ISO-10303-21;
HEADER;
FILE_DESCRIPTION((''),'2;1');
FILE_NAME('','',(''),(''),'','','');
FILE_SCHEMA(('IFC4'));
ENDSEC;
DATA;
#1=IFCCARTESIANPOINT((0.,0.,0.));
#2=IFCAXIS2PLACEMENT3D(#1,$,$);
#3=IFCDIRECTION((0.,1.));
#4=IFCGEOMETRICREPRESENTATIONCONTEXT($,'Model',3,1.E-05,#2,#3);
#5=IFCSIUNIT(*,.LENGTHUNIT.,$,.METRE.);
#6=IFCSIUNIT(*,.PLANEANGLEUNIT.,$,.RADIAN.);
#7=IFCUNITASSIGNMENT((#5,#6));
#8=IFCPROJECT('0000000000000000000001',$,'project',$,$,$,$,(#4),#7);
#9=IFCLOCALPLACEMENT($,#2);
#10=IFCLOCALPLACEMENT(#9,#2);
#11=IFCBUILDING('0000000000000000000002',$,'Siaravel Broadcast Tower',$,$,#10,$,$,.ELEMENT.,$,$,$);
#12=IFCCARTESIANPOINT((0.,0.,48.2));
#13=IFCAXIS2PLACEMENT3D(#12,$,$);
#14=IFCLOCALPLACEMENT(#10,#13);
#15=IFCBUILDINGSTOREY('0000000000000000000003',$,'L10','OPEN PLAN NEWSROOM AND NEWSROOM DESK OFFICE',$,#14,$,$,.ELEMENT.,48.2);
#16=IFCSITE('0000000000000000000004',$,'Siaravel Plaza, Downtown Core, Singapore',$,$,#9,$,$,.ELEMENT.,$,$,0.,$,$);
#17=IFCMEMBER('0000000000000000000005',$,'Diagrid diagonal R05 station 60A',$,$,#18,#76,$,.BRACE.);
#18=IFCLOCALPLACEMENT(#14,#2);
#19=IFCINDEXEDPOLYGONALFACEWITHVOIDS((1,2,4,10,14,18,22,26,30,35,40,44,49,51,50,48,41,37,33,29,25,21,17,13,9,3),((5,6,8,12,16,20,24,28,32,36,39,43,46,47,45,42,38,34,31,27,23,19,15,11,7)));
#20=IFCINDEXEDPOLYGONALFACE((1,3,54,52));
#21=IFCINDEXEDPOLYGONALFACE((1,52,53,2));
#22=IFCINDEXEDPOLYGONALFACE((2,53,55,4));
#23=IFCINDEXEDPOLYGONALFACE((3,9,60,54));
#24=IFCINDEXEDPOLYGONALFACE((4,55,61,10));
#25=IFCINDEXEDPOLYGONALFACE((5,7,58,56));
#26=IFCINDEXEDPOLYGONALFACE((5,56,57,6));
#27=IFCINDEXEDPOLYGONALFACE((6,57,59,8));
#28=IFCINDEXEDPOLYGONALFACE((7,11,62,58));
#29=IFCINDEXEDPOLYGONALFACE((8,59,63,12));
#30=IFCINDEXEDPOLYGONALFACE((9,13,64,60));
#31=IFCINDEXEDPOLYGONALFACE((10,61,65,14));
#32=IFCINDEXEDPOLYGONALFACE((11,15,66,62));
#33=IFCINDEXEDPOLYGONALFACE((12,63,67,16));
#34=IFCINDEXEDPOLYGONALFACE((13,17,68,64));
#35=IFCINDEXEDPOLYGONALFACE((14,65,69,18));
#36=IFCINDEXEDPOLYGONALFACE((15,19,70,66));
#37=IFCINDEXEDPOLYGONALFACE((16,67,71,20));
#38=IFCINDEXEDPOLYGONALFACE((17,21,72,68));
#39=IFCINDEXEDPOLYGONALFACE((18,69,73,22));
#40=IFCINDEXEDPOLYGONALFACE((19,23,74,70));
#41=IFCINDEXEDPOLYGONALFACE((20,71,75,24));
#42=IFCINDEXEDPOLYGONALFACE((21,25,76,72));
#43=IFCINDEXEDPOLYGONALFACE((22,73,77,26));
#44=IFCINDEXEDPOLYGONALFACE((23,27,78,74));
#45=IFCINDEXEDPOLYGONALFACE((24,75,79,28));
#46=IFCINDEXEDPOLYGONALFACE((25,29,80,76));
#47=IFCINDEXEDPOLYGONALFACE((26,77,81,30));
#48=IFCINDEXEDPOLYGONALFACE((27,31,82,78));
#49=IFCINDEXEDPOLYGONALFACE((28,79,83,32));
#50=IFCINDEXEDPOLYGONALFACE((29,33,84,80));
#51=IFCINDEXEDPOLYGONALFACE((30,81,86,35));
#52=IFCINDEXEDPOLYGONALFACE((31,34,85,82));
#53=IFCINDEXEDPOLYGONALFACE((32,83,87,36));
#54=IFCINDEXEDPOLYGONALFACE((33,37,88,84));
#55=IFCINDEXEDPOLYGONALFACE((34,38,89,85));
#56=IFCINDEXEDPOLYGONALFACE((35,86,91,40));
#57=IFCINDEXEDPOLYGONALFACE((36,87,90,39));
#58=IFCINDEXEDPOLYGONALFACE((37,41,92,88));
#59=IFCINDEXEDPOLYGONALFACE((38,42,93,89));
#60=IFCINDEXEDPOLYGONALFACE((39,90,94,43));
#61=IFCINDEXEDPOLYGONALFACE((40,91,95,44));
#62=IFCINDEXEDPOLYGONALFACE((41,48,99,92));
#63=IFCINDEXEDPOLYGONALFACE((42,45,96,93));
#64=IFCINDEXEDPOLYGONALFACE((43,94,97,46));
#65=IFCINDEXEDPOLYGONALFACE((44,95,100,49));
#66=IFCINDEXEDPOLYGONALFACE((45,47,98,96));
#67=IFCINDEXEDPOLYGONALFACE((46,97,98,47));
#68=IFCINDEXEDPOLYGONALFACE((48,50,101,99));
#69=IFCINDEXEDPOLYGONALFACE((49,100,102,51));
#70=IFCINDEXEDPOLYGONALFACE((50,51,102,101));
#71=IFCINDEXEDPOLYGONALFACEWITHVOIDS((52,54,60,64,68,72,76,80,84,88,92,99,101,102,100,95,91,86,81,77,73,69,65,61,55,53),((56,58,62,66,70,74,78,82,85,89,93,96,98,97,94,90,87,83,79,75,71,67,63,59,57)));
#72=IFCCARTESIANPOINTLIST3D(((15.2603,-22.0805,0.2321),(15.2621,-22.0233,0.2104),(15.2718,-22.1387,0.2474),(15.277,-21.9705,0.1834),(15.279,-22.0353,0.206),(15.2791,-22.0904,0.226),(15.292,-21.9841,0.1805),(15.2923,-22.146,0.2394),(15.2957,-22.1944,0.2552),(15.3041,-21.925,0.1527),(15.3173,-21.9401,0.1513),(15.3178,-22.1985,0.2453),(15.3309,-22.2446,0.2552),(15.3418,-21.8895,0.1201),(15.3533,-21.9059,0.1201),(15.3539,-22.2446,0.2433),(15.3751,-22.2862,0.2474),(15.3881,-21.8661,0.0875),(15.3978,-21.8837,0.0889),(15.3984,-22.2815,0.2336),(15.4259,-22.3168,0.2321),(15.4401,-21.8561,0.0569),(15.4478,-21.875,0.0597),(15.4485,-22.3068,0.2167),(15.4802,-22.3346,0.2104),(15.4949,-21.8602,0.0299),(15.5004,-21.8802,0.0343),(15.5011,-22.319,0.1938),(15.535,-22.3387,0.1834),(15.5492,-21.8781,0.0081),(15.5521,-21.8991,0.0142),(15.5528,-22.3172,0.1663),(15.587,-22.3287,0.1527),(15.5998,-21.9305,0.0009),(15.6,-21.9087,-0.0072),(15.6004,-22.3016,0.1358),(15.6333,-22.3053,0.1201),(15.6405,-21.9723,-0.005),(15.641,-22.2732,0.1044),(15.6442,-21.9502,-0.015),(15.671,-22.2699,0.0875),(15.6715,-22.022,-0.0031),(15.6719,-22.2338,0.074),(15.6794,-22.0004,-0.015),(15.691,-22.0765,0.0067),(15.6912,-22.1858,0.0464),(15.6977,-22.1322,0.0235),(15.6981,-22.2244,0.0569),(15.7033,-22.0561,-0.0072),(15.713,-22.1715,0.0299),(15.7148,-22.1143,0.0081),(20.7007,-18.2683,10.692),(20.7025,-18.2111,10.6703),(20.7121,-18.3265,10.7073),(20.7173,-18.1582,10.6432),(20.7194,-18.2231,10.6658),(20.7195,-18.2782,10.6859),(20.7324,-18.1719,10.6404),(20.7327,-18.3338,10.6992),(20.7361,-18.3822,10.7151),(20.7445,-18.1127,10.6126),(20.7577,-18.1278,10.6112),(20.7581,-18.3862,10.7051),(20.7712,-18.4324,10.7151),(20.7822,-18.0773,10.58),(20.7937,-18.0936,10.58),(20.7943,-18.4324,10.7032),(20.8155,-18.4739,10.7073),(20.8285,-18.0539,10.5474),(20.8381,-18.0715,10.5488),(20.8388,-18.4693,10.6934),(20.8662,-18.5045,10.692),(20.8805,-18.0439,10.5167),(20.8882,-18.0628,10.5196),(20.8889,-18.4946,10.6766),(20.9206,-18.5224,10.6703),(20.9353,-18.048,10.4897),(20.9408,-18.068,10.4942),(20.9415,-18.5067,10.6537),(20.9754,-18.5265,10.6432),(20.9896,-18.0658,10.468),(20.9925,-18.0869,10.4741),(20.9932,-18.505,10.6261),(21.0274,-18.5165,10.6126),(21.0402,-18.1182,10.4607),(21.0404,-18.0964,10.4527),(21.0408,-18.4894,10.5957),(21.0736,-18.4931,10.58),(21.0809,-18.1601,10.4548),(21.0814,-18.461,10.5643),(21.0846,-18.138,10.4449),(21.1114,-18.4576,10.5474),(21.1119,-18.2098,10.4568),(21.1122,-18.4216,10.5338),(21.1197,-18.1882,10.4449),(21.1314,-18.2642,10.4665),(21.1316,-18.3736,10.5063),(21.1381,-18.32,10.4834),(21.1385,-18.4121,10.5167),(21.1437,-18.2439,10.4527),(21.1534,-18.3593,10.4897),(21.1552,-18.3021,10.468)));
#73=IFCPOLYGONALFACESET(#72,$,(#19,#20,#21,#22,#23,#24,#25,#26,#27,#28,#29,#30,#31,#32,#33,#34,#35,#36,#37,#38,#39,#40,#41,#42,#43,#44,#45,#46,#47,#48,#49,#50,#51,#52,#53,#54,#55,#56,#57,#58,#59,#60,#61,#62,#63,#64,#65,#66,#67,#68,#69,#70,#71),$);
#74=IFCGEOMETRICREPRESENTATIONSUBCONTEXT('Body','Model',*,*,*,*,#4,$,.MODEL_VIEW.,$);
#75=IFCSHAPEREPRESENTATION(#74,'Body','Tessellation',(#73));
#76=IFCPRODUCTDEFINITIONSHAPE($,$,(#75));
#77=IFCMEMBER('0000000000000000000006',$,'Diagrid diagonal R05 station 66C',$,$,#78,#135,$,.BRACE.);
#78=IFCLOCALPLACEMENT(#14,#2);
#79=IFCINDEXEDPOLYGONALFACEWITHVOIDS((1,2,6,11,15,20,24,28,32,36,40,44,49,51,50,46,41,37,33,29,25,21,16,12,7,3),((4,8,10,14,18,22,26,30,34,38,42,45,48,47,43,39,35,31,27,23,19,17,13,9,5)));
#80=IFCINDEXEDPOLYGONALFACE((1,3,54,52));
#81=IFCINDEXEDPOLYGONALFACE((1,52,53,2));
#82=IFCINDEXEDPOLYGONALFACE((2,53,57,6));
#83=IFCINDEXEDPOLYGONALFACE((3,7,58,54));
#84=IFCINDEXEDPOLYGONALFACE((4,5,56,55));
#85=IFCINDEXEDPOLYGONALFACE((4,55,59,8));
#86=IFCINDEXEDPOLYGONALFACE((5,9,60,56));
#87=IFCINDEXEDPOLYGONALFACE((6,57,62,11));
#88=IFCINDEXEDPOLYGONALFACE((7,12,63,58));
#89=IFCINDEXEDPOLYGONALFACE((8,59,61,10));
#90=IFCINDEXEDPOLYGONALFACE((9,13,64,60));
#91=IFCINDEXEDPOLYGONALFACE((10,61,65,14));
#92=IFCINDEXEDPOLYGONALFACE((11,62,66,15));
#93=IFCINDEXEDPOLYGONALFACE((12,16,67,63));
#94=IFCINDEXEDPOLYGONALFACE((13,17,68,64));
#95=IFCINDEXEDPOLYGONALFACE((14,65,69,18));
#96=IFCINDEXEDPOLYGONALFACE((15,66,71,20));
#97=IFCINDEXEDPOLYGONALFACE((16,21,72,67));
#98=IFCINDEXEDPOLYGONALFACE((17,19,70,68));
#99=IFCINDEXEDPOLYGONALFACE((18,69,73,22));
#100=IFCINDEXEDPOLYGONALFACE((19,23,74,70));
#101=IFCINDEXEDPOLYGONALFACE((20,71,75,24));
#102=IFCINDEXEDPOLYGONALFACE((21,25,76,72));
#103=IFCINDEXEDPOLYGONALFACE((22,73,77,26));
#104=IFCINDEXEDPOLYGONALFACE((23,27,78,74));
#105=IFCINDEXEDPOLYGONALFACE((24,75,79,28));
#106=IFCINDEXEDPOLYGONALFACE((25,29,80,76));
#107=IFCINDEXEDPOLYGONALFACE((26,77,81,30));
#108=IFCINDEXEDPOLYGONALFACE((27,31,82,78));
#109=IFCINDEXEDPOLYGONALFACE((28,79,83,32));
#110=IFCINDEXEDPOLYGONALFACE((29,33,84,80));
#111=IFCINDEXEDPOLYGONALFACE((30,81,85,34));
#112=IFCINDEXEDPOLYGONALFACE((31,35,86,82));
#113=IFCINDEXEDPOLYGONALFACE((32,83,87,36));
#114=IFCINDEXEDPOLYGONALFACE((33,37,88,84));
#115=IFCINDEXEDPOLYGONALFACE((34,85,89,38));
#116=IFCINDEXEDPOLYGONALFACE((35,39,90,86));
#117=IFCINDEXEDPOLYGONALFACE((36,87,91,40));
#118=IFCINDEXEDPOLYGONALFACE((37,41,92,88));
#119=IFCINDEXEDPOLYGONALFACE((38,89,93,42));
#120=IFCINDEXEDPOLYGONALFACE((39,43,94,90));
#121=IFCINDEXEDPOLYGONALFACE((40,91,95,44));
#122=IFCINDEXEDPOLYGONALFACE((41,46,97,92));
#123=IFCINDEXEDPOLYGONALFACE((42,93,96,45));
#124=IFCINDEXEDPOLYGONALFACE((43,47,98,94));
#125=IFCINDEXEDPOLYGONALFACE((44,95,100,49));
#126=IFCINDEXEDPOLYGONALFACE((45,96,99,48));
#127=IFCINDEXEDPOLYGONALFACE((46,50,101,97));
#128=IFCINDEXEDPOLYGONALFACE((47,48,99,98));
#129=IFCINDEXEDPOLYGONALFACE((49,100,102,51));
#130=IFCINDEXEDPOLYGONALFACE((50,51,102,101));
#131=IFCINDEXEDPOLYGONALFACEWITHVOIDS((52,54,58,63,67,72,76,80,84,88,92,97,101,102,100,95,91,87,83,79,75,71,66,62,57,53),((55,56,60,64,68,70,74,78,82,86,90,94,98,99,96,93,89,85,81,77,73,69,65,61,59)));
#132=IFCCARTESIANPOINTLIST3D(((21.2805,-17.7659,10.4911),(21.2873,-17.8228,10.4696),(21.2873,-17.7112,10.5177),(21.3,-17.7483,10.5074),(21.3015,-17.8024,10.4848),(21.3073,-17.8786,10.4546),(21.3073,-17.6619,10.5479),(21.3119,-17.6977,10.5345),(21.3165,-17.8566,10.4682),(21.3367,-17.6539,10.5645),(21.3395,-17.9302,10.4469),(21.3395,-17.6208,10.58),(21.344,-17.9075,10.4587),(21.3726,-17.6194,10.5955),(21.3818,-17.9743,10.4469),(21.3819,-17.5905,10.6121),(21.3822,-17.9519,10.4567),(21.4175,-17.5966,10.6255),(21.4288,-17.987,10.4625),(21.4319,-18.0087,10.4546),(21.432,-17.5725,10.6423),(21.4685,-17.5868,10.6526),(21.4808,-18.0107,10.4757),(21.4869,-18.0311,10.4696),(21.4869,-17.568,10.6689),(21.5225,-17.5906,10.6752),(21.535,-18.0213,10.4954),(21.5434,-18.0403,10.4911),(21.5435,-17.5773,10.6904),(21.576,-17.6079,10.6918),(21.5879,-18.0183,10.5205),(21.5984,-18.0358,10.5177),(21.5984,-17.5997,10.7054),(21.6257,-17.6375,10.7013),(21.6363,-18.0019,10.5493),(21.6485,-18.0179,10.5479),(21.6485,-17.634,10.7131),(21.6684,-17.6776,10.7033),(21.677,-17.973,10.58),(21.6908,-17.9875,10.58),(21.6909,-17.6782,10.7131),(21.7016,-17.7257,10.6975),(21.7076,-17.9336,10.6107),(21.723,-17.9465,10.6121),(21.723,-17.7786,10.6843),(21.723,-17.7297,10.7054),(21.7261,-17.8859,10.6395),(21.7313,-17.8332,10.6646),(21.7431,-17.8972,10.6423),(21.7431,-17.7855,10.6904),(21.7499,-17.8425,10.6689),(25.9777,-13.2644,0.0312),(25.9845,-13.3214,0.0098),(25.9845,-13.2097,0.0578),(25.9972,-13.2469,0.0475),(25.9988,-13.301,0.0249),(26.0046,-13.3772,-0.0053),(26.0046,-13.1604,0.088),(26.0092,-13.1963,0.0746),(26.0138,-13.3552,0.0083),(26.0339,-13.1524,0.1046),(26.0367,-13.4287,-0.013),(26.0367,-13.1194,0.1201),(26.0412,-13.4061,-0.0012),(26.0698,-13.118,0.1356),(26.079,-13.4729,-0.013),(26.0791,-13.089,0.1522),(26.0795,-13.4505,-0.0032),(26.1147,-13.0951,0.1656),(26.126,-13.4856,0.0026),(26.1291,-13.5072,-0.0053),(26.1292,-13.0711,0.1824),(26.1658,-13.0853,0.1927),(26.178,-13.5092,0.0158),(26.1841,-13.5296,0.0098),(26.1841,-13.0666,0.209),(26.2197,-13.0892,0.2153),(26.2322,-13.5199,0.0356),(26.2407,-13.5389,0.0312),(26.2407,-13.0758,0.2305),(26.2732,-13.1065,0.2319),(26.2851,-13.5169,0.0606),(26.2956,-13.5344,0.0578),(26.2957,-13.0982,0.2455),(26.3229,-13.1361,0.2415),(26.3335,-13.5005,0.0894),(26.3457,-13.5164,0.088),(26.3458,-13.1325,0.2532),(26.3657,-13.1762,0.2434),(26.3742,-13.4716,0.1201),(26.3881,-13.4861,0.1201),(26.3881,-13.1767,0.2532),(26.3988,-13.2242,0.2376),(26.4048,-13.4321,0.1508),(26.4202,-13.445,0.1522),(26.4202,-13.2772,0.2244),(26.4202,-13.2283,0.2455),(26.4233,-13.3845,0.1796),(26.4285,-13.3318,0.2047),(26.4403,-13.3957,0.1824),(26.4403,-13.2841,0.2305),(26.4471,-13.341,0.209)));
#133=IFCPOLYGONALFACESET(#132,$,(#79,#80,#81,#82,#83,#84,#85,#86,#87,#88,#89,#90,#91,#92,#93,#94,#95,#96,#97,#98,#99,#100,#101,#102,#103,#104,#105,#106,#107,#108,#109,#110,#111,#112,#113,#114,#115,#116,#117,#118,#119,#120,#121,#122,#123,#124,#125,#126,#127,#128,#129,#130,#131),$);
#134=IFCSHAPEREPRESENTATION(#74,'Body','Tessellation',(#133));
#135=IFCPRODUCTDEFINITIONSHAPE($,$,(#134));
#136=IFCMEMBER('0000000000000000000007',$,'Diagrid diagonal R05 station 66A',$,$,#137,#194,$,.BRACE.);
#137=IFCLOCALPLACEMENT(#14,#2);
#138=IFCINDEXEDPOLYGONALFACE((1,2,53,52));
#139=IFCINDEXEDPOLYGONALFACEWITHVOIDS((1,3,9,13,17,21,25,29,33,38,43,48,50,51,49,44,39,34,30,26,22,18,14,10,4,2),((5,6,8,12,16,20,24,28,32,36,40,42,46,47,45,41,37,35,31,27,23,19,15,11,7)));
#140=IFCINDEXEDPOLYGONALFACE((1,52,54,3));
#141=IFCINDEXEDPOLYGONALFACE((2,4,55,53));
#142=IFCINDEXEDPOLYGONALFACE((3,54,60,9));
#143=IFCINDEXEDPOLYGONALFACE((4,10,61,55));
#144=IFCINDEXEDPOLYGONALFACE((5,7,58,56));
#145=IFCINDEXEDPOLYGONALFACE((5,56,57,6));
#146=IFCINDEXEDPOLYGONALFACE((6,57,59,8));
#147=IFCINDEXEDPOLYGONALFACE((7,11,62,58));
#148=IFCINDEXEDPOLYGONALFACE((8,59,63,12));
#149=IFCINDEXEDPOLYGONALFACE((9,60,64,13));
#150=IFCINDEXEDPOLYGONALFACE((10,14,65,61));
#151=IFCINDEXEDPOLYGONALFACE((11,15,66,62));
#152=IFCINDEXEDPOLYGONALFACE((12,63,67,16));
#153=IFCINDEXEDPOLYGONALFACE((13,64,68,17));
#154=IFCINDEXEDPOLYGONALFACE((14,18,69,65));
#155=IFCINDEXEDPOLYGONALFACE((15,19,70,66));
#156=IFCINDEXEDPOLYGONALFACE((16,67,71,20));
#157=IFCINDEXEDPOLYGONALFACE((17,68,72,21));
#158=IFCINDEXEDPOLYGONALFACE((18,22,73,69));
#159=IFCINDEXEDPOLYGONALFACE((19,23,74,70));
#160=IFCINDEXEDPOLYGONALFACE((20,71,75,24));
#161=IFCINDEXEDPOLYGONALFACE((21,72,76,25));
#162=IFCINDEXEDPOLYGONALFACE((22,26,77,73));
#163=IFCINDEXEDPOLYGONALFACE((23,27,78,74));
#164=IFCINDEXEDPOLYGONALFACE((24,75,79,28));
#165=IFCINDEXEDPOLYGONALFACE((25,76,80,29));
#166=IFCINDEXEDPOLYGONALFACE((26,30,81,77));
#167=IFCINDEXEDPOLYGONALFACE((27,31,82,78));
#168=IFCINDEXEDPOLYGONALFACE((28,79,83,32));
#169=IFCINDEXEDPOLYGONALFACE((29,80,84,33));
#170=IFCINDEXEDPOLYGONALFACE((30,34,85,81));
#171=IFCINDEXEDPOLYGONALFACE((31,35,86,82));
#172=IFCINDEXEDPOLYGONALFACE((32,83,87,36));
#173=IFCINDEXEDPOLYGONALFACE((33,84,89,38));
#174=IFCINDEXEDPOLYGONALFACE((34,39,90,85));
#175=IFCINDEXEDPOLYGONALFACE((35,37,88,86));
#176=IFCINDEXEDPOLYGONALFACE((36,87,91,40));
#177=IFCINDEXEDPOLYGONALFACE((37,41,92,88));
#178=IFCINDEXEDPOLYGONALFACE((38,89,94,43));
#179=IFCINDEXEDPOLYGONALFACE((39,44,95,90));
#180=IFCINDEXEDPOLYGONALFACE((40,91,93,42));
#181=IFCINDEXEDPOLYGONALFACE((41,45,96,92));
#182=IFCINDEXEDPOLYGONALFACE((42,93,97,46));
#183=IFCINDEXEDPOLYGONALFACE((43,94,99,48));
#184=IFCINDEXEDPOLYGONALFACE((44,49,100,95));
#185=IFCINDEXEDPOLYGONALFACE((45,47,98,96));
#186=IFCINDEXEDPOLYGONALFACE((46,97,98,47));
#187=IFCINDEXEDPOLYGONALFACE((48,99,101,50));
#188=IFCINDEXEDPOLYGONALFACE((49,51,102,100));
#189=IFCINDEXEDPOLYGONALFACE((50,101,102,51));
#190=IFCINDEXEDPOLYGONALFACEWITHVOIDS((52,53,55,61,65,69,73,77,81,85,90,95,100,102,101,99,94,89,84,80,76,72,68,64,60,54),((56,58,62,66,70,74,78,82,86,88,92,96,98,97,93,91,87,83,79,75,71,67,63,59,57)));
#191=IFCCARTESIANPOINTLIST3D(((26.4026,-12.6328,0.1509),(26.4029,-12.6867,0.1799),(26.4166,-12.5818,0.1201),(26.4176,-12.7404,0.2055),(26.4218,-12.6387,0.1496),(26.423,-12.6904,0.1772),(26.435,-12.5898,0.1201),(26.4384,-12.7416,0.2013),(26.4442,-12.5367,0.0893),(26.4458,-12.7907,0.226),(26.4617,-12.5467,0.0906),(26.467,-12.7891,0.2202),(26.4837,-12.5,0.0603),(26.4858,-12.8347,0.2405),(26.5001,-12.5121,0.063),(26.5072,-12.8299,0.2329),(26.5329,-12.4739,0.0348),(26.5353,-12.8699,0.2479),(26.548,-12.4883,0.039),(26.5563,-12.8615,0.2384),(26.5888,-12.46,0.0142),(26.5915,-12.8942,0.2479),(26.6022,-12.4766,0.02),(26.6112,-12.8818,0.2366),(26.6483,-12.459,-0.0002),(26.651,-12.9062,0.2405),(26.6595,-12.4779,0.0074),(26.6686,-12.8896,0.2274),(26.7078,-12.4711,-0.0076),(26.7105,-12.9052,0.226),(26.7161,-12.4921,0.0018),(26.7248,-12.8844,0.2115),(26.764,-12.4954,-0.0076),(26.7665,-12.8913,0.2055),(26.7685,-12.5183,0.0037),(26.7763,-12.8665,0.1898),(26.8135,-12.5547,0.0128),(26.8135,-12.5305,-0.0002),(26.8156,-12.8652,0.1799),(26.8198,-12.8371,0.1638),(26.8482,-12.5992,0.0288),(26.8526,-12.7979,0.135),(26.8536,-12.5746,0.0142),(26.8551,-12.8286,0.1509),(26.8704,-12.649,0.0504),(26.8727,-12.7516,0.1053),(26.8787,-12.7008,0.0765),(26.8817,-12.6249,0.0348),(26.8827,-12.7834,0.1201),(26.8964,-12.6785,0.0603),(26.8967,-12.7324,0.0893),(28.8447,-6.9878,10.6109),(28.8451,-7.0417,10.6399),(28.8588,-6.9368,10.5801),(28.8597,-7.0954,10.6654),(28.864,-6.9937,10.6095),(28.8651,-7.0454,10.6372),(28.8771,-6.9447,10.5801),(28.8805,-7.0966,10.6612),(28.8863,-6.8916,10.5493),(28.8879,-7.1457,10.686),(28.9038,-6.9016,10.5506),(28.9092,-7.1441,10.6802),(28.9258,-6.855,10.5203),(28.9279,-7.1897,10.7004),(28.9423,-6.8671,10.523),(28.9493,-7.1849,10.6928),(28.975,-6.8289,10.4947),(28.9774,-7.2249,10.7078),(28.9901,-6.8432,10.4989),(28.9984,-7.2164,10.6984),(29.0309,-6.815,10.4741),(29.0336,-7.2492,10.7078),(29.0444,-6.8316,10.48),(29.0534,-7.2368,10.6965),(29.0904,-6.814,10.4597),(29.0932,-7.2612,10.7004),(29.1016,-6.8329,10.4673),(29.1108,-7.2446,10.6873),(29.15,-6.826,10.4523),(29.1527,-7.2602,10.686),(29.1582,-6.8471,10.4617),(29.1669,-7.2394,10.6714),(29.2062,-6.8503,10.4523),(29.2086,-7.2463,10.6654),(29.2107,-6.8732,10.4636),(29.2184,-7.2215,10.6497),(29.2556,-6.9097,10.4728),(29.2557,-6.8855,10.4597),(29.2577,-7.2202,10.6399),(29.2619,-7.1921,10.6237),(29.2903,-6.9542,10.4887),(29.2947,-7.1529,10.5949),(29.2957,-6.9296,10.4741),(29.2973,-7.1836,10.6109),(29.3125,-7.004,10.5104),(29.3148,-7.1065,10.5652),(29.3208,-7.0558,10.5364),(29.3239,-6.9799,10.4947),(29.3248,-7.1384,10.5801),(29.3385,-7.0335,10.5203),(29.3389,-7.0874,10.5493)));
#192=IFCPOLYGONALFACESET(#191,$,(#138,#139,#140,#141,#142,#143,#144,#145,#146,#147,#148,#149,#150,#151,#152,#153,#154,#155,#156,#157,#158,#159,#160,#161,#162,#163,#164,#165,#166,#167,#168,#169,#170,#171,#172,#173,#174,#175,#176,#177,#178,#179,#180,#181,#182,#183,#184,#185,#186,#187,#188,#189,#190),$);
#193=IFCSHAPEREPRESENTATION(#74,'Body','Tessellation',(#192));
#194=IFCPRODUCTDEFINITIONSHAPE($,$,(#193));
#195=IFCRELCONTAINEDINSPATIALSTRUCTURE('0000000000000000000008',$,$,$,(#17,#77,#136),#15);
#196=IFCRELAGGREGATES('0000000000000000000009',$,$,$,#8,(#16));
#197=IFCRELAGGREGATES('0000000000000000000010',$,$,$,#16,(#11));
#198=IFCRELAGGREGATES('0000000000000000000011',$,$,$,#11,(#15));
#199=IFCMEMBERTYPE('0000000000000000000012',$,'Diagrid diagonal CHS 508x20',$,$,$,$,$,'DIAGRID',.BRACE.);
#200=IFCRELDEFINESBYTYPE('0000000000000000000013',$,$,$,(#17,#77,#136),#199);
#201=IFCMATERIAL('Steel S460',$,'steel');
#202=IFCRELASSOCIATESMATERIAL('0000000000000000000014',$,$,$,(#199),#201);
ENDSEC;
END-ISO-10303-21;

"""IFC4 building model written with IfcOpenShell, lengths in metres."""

from ifc_helpers import new_model, si_unit, direction, frame, origin, origin_2d, place, context, subcontext, project, spatial, hollow_circle, extrude, material, material_profile, profile_set, type_object, element, save


model = new_model("IFC4")

# Units and contexts
model_context = context("Model", 3, precision=1e-05, world=origin(), true_north=direction((0.0, 1.0)))
body_context = subcontext(model_context, "Body", "Model", "MODEL_VIEW")
ifc_project = project(units=[si_unit("LENGTHUNIT", "METRE"), si_unit("PLANEANGLEUNIT", "RADIAN")], contexts=[model_context])

# Site, building, storey
site_placement = place(None, origin())
site = spatial("IfcSite", under=ifc_project, at=site_placement, Name="Siaravel Plaza, Downtown Core, Singapore", CompositionType="ELEMENT", RefElevation=0.0)
building_placement = place(site_placement, origin())
building = spatial("IfcBuilding", under=site, at=building_placement, Name="Siaravel Broadcast Tower", CompositionType="ELEMENT")
storey_placement = place(building_placement, frame((0.0, 0.0, 48.2)))
storey = spatial("IfcBuildingStorey", under=building, at=storey_placement, Name="L10", Description="OPEN PLAN NEWSROOM AND NEWSROOM DESK OFFICE", CompositionType="ELEMENT", Elevation=48.2)

# Members
ifc_material_1 = material(Name="Steel S460", Category="steel")
ifc_material_profile_1 = material_profile(ifc_material_1, hollow_circle(Radius=0.2539, WallThickness=0.02, at=origin_2d()))
ifc_profile_set_1 = profile_set([ifc_material_profile_1], Name="Steel S460")
member_type_1 = type_object("IfcMemberType", Name="Diagrid diagonal CHS 508x20", ElementType="DIAGRID", PredefinedType="BRACE", material=ifc_profile_set_1)
member_1_placement = place(storey_placement, frame((15.4875, -22.0974, 0.1201), z_axis=(0.439055, 0.307658, 0.844143), x_axis=(-0.573862, 0.818952, 0.0)))
element("IfcMember", 1, at=member_1_placement, inside=storey, type_object=member_type_1, Name="Diagrid diagonal R05 station 60A", PredefinedType="BRACE", context=body_context, shape_type="SweptSolid", body=[
    extrude(hollow_circle(Radius=0.2539, WallThickness=0.02, at=origin_2d()), origin(), (0.0, 0.0, 1.0), 12.3911),
])
member_2_placement = place(storey_placement, frame((26.2124, -13.3027, 0.1201), z_axis=(-0.381327, -0.365432, 0.849146), x_axis=(0.691899, -0.721994, 0.0)))
element("IfcMember", 2, at=member_2_placement, inside=storey, type_object=member_type_1, Name="Diagrid diagonal R05 station 66C", PredefinedType="BRACE", context=body_context, shape_type="SweptSolid", body=[
    extrude(hollow_circle(Radius=0.2539, WallThickness=0.02, at=origin_2d()), origin(), (0.0, 0.0, 1.0), 12.3181),
])
member_3_placement = place(storey_placement, frame((26.6497, -12.6826, 0.1201), z_axis=(0.201259, 0.465212, 0.862017), x_axis=(-0.917795, 0.397055, 0.0)))
element("IfcMember", 3, at=member_3_placement, inside=storey, type_object=member_type_1, Name="Diagrid diagonal R05 station 66A", PredefinedType="BRACE", context=body_context, shape_type="SweptSolid", body=[
    extrude(hollow_circle(Radius=0.2539, WallThickness=0.02, at=origin_2d()), origin(), (0.0, 0.0, 1.0), 12.1343),
])

save(model, "model.ifc")
